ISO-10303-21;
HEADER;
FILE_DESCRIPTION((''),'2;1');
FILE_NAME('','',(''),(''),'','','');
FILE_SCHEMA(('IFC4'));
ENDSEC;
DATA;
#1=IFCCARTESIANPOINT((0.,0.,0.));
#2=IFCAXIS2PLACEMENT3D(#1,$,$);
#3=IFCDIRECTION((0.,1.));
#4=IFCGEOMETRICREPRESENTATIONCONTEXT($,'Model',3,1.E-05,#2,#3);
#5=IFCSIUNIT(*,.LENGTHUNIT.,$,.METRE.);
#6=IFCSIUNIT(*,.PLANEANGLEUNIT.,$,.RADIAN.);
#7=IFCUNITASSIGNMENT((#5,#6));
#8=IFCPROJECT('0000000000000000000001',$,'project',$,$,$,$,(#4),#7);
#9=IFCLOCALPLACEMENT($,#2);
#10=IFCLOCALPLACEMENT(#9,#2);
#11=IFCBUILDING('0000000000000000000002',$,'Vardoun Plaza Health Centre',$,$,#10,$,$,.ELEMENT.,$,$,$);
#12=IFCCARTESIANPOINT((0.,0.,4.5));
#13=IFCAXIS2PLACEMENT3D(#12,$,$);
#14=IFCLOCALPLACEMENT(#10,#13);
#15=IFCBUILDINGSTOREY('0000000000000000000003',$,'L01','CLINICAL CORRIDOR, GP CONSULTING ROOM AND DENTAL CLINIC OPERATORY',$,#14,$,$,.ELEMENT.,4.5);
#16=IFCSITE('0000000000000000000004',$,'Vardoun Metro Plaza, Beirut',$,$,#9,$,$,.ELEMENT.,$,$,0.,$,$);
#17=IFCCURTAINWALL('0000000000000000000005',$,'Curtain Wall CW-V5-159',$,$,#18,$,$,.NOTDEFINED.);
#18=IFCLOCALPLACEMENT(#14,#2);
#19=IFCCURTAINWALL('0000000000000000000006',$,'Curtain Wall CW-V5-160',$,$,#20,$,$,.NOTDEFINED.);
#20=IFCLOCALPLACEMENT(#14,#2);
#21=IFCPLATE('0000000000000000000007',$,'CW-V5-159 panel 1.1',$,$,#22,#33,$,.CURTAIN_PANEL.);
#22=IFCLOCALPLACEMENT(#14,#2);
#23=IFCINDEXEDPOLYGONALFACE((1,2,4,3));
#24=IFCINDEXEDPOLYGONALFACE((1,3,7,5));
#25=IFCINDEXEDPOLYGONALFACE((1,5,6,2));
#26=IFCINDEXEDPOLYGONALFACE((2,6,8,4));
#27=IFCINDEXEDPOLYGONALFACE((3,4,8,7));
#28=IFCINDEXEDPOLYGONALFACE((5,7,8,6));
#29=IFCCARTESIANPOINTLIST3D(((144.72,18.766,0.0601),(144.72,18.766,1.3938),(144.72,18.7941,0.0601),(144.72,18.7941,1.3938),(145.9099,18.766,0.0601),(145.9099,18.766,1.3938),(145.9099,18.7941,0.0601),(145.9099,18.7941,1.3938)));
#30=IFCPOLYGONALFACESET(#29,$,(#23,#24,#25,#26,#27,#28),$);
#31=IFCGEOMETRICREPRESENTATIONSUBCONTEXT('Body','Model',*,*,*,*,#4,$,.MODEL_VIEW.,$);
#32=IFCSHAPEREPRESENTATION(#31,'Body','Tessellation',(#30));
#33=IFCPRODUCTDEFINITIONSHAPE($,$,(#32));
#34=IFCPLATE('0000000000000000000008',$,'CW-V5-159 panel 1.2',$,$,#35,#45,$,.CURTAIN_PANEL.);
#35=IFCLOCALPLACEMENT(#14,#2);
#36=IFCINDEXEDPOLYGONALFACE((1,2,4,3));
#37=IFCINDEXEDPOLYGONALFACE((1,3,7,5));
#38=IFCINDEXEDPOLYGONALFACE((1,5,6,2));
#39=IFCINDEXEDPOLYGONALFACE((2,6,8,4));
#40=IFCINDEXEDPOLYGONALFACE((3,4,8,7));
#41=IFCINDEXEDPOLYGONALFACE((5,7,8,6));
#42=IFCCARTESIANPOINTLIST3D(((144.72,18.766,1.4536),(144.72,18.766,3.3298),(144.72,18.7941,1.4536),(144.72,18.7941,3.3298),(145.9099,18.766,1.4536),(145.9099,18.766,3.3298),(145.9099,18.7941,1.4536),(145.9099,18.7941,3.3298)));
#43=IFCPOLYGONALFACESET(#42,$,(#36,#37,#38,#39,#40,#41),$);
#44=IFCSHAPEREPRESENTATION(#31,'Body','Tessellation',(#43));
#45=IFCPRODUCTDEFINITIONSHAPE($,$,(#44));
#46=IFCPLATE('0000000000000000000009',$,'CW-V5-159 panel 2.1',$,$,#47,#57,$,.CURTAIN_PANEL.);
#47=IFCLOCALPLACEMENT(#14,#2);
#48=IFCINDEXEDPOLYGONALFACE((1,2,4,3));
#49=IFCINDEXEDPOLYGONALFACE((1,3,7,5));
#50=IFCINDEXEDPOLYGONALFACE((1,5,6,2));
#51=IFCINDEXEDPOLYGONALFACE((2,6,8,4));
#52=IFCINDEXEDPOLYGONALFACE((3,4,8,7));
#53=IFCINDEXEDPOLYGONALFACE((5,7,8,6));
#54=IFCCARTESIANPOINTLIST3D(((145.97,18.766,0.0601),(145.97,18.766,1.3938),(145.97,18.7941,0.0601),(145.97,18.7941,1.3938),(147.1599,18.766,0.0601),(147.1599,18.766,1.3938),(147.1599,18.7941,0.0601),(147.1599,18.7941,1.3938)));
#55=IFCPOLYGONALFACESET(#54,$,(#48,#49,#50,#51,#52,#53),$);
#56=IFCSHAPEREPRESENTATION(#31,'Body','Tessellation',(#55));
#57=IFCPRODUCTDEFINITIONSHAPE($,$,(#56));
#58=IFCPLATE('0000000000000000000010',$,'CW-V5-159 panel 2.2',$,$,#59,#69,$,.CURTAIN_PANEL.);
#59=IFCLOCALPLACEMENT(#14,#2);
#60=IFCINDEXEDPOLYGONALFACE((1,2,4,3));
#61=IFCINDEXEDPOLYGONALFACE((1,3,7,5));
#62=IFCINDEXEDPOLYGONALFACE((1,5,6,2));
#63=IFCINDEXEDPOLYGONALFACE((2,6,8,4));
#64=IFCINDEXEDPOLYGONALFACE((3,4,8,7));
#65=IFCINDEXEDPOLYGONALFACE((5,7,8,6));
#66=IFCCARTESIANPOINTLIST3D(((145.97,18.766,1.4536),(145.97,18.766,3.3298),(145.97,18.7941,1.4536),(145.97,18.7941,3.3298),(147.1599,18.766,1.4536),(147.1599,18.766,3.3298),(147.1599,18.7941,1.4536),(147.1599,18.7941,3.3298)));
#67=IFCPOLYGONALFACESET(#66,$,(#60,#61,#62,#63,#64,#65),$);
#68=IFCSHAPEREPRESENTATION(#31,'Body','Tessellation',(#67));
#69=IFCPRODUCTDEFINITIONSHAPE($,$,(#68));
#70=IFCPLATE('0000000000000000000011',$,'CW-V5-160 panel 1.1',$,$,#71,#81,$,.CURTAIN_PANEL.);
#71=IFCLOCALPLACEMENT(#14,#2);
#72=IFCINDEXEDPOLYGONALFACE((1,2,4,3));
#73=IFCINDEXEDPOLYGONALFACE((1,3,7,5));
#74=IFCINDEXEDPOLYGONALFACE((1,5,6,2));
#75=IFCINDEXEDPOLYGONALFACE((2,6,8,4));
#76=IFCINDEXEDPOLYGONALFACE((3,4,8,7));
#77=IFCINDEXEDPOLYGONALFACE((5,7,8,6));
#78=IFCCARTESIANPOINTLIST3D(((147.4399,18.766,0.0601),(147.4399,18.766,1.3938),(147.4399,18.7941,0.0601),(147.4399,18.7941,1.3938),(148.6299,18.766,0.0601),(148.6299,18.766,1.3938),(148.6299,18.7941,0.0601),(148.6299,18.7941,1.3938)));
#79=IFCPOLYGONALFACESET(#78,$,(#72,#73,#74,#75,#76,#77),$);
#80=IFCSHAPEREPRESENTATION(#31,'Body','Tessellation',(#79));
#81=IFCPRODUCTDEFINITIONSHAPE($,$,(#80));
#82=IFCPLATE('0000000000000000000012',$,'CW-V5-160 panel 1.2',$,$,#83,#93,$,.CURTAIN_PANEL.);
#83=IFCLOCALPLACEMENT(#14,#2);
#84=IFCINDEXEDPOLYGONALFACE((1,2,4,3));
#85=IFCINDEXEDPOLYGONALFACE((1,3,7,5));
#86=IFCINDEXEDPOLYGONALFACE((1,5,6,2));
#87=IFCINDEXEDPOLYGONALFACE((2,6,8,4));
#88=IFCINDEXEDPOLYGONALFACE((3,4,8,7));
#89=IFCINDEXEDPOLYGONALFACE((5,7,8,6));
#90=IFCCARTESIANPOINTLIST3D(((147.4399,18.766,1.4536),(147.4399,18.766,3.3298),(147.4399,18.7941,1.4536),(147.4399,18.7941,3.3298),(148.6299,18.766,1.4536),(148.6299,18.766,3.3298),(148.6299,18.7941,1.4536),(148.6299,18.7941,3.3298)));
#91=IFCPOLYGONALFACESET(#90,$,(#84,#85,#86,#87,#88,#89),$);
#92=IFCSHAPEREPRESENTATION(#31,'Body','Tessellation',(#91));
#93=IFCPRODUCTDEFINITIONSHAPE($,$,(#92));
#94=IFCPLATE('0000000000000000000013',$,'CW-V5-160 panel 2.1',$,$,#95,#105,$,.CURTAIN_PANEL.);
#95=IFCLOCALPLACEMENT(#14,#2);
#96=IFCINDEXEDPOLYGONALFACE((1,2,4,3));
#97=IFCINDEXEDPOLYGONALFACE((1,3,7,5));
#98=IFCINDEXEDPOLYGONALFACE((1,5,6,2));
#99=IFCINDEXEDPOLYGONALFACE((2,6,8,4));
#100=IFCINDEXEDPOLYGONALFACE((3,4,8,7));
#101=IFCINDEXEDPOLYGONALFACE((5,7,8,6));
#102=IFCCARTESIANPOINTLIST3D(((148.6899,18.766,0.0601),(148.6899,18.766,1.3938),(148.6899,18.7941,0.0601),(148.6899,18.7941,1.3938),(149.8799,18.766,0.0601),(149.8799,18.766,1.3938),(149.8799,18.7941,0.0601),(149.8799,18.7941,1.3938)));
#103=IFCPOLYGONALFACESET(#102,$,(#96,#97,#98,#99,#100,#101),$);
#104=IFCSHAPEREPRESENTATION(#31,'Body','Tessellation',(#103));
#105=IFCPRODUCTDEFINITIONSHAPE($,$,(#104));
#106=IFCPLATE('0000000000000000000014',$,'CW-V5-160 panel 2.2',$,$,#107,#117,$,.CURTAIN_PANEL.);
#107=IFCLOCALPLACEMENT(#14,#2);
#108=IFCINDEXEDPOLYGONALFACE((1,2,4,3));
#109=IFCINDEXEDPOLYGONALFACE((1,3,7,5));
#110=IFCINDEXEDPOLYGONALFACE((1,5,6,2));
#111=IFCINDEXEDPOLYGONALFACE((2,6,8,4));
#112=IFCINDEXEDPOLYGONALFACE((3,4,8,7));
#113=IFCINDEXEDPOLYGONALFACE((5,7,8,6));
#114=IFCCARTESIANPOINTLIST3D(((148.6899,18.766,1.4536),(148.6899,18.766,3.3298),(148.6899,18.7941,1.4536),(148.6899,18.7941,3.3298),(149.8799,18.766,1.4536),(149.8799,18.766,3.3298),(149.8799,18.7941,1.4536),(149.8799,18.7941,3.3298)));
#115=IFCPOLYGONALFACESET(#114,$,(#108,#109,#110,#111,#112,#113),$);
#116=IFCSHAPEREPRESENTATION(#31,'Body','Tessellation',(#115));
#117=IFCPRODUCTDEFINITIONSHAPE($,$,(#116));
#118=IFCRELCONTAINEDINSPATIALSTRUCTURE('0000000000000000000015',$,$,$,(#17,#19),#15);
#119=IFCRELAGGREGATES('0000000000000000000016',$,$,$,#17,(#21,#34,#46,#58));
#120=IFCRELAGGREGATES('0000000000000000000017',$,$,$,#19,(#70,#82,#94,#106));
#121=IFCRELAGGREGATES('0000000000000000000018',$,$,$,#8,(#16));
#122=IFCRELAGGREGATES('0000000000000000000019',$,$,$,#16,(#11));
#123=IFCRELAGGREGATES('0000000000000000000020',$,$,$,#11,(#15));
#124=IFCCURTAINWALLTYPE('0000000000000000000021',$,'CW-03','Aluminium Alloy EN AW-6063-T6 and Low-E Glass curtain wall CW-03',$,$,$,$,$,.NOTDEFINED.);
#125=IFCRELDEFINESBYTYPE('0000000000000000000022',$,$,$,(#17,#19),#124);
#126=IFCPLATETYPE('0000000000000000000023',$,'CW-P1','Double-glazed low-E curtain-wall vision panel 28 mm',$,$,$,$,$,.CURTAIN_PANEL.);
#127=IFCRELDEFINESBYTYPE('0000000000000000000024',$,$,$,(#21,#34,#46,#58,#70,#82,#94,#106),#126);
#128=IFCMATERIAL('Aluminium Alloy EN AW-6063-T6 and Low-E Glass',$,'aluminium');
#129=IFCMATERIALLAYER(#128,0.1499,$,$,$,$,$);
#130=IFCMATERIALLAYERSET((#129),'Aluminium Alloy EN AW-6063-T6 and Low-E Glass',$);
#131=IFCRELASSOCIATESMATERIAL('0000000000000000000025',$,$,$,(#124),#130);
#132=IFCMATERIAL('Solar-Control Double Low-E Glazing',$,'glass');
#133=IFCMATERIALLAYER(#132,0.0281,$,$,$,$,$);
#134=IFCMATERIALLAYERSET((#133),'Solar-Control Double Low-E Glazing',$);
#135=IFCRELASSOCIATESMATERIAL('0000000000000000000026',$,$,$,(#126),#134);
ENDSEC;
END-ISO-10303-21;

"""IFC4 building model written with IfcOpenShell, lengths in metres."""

from ifc_helpers import new_model, si_unit, direction, frame, origin, origin_2d, place, context, subcontext, project, spatial, rectangle, extrude, material, layer, layer_set, type_object, element, aggregate, save


model = new_model("IFC4")

# Units and contexts
model_context = context("Model", 3, precision=1e-05, world=origin(), true_north=direction((0.0, 1.0)))
body_context = subcontext(model_context, "Body", "Model", "MODEL_VIEW")
ifc_project = project(units=[si_unit("LENGTHUNIT", "METRE"), si_unit("PLANEANGLEUNIT", "RADIAN")], contexts=[model_context])

# Site, building, storey
site_placement = place(None, origin())
site = spatial("IfcSite", under=ifc_project, at=site_placement, Name="Vardoun Metro Plaza, Beirut", CompositionType="ELEMENT", RefElevation=0.0)
building_placement = place(site_placement, origin())
building = spatial("IfcBuilding", under=site, at=building_placement, Name="Vardoun Plaza Health Centre", CompositionType="ELEMENT")
storey_placement = place(building_placement, frame((0.0, 0.0, 4.5)))
storey = spatial("IfcBuildingStorey", under=building, at=storey_placement, Name="L01", Description="CLINICAL CORRIDOR, GP CONSULTING ROOM AND DENTAL CLINIC OPERATORY", CompositionType="ELEMENT", Elevation=4.5)

# Curtain walls
ifc_material_1 = material(Name="Aluminium Alloy EN AW-6063-T6 and Low-E Glass", Category="aluminium")
ifc_layer_1 = layer(ifc_material_1, 0.1499)
ifc_layer_set_1 = layer_set([ifc_layer_1], Name="Aluminium Alloy EN AW-6063-T6 and Low-E Glass")
curtain_wall_type = type_object("IfcCurtainWallType", Name="CW-03", Description="Aluminium Alloy EN AW-6063-T6 and Low-E Glass curtain wall CW-03", PredefinedType="NOTDEFINED", material=ifc_layer_set_1)
curtain_wall_1_placement = place(storey_placement, origin())
curtain_wall_1 = element("IfcCurtainWall", 1, at=curtain_wall_1_placement, inside=storey, type_object=curtain_wall_type, Name="Curtain Wall CW-V5-159", PredefinedType="NOTDEFINED")
curtain_wall_2_placement = place(storey_placement, origin())
curtain_wall_2 = element("IfcCurtainWall", 2, at=curtain_wall_2_placement, inside=storey, type_object=curtain_wall_type, Name="Curtain Wall CW-V5-160", PredefinedType="NOTDEFINED")

# Plates
ifc_material_2 = material(Name="Solar-Control Double Low-E Glazing", Category="glass")
ifc_layer_2 = layer(ifc_material_2, 0.0281)
ifc_layer_set_2 = layer_set([ifc_layer_2], Name="Solar-Control Double Low-E Glazing")
plate_type = type_object("IfcPlateType", Name="CW-P1", Description="Double-glazed low-E curtain-wall vision panel 28 mm", PredefinedType="CURTAIN_PANEL", material=ifc_layer_set_2)
plate_1_placement = place(storey_placement, frame((145.3149, 18.78, 0.0601), z_axis=(0.0, 0.0, 1.0), x_axis=(1.0, 0.0, 0.0)))
plate_1 = element("IfcPlate", 3, at=plate_1_placement, type_object=plate_type, Name="CW-V5-159 panel 1.1", PredefinedType="CURTAIN_PANEL", context=body_context, shape_type="SweptSolid", body=[
    extrude(rectangle(XDim=1.1899, YDim=0.0281, at=origin_2d()), origin(), (0.0, 0.0, 1.0), 1.3337),
])
plate_2_placement = place(storey_placement, frame((145.3149, 18.78, 1.4536), z_axis=(0.0, 0.0, 1.0), x_axis=(1.0, 0.0, 0.0)))
plate_2 = element("IfcPlate", 4, at=plate_2_placement, type_object=plate_type, Name="CW-V5-159 panel 1.2", PredefinedType="CURTAIN_PANEL", context=body_context, shape_type="SweptSolid", body=[
    extrude(rectangle(XDim=1.1899, YDim=0.0281, at=origin_2d()), origin(), (0.0, 0.0, 1.0), 1.8762),
])
plate_3_placement = place(storey_placement, frame((146.5649, 18.78, 0.0601), z_axis=(0.0, 0.0, 1.0), x_axis=(1.0, 0.0, 0.0)))
plate_3 = element("IfcPlate", 5, at=plate_3_placement, type_object=plate_type, Name="CW-V5-159 panel 2.1", PredefinedType="CURTAIN_PANEL", context=body_context, shape_type="SweptSolid", body=[
    extrude(rectangle(XDim=1.1899, YDim=0.0281, at=origin_2d()), origin(), (0.0, 0.0, 1.0), 1.3337),
])
plate_4_placement = place(storey_placement, frame((146.5649, 18.78, 1.4536), z_axis=(0.0, 0.0, 1.0), x_axis=(1.0, 0.0, 0.0)))
plate_4 = element("IfcPlate", 6, at=plate_4_placement, type_object=plate_type, Name="CW-V5-159 panel 2.2", PredefinedType="CURTAIN_PANEL", context=body_context, shape_type="SweptSolid", body=[
    extrude(rectangle(XDim=1.1899, YDim=0.0281, at=origin_2d()), origin(), (0.0, 0.0, 1.0), 1.8762),
])
aggregate(curtain_wall_1, [plate_1, plate_2, plate_3, plate_4])
plate_5_placement = place(storey_placement, frame((148.0349, 18.78, 0.0601), z_axis=(0.0, 0.0, 1.0), x_axis=(1.0, 0.0, 0.0)))
plate_5 = element("IfcPlate", 7, at=plate_5_placement, type_object=plate_type, Name="CW-V5-160 panel 1.1", PredefinedType="CURTAIN_PANEL", context=body_context, shape_type="SweptSolid", body=[
    extrude(rectangle(XDim=1.1899, YDim=0.0281, at=origin_2d()), origin(), (0.0, 0.0, 1.0), 1.3337),
])
plate_6_placement = place(storey_placement, frame((148.0349, 18.78, 1.4536), z_axis=(0.0, 0.0, 1.0), x_axis=(1.0, 0.0, 0.0)))
plate_6 = element("IfcPlate", 8, at=plate_6_placement, type_object=plate_type, Name="CW-V5-160 panel 1.2", PredefinedType="CURTAIN_PANEL", context=body_context, shape_type="SweptSolid", body=[
    extrude(rectangle(XDim=1.1899, YDim=0.0281, at=origin_2d()), origin(), (0.0, 0.0, 1.0), 1.8762),
])
plate_7_placement = place(storey_placement, frame((149.2849, 18.78, 0.0601), z_axis=(0.0, 0.0, 1.0), x_axis=(1.0, 0.0, 0.0)))
plate_7 = element("IfcPlate", 9, at=plate_7_placement, type_object=plate_type, Name="CW-V5-160 panel 2.1", PredefinedType="CURTAIN_PANEL", context=body_context, shape_type="SweptSolid", body=[
    extrude(rectangle(XDim=1.1899, YDim=0.0281, at=origin_2d()), origin(), (0.0, 0.0, 1.0), 1.3337),
])
plate_8_placement = place(storey_placement, frame((149.2849, 18.78, 1.4536), z_axis=(0.0, 0.0, 1.0), x_axis=(1.0, 0.0, 0.0)))
plate_8 = element("IfcPlate", 10, at=plate_8_placement, type_object=plate_type, Name="CW-V5-160 panel 2.2", PredefinedType="CURTAIN_PANEL", context=body_context, shape_type="SweptSolid", body=[
    extrude(rectangle(XDim=1.1899, YDim=0.0281, at=origin_2d()), origin(), (0.0, 0.0, 1.0), 1.8762),
])
aggregate(curtain_wall_2, [plate_5, plate_6, plate_7, plate_8])

save(model, "model.ifc")
